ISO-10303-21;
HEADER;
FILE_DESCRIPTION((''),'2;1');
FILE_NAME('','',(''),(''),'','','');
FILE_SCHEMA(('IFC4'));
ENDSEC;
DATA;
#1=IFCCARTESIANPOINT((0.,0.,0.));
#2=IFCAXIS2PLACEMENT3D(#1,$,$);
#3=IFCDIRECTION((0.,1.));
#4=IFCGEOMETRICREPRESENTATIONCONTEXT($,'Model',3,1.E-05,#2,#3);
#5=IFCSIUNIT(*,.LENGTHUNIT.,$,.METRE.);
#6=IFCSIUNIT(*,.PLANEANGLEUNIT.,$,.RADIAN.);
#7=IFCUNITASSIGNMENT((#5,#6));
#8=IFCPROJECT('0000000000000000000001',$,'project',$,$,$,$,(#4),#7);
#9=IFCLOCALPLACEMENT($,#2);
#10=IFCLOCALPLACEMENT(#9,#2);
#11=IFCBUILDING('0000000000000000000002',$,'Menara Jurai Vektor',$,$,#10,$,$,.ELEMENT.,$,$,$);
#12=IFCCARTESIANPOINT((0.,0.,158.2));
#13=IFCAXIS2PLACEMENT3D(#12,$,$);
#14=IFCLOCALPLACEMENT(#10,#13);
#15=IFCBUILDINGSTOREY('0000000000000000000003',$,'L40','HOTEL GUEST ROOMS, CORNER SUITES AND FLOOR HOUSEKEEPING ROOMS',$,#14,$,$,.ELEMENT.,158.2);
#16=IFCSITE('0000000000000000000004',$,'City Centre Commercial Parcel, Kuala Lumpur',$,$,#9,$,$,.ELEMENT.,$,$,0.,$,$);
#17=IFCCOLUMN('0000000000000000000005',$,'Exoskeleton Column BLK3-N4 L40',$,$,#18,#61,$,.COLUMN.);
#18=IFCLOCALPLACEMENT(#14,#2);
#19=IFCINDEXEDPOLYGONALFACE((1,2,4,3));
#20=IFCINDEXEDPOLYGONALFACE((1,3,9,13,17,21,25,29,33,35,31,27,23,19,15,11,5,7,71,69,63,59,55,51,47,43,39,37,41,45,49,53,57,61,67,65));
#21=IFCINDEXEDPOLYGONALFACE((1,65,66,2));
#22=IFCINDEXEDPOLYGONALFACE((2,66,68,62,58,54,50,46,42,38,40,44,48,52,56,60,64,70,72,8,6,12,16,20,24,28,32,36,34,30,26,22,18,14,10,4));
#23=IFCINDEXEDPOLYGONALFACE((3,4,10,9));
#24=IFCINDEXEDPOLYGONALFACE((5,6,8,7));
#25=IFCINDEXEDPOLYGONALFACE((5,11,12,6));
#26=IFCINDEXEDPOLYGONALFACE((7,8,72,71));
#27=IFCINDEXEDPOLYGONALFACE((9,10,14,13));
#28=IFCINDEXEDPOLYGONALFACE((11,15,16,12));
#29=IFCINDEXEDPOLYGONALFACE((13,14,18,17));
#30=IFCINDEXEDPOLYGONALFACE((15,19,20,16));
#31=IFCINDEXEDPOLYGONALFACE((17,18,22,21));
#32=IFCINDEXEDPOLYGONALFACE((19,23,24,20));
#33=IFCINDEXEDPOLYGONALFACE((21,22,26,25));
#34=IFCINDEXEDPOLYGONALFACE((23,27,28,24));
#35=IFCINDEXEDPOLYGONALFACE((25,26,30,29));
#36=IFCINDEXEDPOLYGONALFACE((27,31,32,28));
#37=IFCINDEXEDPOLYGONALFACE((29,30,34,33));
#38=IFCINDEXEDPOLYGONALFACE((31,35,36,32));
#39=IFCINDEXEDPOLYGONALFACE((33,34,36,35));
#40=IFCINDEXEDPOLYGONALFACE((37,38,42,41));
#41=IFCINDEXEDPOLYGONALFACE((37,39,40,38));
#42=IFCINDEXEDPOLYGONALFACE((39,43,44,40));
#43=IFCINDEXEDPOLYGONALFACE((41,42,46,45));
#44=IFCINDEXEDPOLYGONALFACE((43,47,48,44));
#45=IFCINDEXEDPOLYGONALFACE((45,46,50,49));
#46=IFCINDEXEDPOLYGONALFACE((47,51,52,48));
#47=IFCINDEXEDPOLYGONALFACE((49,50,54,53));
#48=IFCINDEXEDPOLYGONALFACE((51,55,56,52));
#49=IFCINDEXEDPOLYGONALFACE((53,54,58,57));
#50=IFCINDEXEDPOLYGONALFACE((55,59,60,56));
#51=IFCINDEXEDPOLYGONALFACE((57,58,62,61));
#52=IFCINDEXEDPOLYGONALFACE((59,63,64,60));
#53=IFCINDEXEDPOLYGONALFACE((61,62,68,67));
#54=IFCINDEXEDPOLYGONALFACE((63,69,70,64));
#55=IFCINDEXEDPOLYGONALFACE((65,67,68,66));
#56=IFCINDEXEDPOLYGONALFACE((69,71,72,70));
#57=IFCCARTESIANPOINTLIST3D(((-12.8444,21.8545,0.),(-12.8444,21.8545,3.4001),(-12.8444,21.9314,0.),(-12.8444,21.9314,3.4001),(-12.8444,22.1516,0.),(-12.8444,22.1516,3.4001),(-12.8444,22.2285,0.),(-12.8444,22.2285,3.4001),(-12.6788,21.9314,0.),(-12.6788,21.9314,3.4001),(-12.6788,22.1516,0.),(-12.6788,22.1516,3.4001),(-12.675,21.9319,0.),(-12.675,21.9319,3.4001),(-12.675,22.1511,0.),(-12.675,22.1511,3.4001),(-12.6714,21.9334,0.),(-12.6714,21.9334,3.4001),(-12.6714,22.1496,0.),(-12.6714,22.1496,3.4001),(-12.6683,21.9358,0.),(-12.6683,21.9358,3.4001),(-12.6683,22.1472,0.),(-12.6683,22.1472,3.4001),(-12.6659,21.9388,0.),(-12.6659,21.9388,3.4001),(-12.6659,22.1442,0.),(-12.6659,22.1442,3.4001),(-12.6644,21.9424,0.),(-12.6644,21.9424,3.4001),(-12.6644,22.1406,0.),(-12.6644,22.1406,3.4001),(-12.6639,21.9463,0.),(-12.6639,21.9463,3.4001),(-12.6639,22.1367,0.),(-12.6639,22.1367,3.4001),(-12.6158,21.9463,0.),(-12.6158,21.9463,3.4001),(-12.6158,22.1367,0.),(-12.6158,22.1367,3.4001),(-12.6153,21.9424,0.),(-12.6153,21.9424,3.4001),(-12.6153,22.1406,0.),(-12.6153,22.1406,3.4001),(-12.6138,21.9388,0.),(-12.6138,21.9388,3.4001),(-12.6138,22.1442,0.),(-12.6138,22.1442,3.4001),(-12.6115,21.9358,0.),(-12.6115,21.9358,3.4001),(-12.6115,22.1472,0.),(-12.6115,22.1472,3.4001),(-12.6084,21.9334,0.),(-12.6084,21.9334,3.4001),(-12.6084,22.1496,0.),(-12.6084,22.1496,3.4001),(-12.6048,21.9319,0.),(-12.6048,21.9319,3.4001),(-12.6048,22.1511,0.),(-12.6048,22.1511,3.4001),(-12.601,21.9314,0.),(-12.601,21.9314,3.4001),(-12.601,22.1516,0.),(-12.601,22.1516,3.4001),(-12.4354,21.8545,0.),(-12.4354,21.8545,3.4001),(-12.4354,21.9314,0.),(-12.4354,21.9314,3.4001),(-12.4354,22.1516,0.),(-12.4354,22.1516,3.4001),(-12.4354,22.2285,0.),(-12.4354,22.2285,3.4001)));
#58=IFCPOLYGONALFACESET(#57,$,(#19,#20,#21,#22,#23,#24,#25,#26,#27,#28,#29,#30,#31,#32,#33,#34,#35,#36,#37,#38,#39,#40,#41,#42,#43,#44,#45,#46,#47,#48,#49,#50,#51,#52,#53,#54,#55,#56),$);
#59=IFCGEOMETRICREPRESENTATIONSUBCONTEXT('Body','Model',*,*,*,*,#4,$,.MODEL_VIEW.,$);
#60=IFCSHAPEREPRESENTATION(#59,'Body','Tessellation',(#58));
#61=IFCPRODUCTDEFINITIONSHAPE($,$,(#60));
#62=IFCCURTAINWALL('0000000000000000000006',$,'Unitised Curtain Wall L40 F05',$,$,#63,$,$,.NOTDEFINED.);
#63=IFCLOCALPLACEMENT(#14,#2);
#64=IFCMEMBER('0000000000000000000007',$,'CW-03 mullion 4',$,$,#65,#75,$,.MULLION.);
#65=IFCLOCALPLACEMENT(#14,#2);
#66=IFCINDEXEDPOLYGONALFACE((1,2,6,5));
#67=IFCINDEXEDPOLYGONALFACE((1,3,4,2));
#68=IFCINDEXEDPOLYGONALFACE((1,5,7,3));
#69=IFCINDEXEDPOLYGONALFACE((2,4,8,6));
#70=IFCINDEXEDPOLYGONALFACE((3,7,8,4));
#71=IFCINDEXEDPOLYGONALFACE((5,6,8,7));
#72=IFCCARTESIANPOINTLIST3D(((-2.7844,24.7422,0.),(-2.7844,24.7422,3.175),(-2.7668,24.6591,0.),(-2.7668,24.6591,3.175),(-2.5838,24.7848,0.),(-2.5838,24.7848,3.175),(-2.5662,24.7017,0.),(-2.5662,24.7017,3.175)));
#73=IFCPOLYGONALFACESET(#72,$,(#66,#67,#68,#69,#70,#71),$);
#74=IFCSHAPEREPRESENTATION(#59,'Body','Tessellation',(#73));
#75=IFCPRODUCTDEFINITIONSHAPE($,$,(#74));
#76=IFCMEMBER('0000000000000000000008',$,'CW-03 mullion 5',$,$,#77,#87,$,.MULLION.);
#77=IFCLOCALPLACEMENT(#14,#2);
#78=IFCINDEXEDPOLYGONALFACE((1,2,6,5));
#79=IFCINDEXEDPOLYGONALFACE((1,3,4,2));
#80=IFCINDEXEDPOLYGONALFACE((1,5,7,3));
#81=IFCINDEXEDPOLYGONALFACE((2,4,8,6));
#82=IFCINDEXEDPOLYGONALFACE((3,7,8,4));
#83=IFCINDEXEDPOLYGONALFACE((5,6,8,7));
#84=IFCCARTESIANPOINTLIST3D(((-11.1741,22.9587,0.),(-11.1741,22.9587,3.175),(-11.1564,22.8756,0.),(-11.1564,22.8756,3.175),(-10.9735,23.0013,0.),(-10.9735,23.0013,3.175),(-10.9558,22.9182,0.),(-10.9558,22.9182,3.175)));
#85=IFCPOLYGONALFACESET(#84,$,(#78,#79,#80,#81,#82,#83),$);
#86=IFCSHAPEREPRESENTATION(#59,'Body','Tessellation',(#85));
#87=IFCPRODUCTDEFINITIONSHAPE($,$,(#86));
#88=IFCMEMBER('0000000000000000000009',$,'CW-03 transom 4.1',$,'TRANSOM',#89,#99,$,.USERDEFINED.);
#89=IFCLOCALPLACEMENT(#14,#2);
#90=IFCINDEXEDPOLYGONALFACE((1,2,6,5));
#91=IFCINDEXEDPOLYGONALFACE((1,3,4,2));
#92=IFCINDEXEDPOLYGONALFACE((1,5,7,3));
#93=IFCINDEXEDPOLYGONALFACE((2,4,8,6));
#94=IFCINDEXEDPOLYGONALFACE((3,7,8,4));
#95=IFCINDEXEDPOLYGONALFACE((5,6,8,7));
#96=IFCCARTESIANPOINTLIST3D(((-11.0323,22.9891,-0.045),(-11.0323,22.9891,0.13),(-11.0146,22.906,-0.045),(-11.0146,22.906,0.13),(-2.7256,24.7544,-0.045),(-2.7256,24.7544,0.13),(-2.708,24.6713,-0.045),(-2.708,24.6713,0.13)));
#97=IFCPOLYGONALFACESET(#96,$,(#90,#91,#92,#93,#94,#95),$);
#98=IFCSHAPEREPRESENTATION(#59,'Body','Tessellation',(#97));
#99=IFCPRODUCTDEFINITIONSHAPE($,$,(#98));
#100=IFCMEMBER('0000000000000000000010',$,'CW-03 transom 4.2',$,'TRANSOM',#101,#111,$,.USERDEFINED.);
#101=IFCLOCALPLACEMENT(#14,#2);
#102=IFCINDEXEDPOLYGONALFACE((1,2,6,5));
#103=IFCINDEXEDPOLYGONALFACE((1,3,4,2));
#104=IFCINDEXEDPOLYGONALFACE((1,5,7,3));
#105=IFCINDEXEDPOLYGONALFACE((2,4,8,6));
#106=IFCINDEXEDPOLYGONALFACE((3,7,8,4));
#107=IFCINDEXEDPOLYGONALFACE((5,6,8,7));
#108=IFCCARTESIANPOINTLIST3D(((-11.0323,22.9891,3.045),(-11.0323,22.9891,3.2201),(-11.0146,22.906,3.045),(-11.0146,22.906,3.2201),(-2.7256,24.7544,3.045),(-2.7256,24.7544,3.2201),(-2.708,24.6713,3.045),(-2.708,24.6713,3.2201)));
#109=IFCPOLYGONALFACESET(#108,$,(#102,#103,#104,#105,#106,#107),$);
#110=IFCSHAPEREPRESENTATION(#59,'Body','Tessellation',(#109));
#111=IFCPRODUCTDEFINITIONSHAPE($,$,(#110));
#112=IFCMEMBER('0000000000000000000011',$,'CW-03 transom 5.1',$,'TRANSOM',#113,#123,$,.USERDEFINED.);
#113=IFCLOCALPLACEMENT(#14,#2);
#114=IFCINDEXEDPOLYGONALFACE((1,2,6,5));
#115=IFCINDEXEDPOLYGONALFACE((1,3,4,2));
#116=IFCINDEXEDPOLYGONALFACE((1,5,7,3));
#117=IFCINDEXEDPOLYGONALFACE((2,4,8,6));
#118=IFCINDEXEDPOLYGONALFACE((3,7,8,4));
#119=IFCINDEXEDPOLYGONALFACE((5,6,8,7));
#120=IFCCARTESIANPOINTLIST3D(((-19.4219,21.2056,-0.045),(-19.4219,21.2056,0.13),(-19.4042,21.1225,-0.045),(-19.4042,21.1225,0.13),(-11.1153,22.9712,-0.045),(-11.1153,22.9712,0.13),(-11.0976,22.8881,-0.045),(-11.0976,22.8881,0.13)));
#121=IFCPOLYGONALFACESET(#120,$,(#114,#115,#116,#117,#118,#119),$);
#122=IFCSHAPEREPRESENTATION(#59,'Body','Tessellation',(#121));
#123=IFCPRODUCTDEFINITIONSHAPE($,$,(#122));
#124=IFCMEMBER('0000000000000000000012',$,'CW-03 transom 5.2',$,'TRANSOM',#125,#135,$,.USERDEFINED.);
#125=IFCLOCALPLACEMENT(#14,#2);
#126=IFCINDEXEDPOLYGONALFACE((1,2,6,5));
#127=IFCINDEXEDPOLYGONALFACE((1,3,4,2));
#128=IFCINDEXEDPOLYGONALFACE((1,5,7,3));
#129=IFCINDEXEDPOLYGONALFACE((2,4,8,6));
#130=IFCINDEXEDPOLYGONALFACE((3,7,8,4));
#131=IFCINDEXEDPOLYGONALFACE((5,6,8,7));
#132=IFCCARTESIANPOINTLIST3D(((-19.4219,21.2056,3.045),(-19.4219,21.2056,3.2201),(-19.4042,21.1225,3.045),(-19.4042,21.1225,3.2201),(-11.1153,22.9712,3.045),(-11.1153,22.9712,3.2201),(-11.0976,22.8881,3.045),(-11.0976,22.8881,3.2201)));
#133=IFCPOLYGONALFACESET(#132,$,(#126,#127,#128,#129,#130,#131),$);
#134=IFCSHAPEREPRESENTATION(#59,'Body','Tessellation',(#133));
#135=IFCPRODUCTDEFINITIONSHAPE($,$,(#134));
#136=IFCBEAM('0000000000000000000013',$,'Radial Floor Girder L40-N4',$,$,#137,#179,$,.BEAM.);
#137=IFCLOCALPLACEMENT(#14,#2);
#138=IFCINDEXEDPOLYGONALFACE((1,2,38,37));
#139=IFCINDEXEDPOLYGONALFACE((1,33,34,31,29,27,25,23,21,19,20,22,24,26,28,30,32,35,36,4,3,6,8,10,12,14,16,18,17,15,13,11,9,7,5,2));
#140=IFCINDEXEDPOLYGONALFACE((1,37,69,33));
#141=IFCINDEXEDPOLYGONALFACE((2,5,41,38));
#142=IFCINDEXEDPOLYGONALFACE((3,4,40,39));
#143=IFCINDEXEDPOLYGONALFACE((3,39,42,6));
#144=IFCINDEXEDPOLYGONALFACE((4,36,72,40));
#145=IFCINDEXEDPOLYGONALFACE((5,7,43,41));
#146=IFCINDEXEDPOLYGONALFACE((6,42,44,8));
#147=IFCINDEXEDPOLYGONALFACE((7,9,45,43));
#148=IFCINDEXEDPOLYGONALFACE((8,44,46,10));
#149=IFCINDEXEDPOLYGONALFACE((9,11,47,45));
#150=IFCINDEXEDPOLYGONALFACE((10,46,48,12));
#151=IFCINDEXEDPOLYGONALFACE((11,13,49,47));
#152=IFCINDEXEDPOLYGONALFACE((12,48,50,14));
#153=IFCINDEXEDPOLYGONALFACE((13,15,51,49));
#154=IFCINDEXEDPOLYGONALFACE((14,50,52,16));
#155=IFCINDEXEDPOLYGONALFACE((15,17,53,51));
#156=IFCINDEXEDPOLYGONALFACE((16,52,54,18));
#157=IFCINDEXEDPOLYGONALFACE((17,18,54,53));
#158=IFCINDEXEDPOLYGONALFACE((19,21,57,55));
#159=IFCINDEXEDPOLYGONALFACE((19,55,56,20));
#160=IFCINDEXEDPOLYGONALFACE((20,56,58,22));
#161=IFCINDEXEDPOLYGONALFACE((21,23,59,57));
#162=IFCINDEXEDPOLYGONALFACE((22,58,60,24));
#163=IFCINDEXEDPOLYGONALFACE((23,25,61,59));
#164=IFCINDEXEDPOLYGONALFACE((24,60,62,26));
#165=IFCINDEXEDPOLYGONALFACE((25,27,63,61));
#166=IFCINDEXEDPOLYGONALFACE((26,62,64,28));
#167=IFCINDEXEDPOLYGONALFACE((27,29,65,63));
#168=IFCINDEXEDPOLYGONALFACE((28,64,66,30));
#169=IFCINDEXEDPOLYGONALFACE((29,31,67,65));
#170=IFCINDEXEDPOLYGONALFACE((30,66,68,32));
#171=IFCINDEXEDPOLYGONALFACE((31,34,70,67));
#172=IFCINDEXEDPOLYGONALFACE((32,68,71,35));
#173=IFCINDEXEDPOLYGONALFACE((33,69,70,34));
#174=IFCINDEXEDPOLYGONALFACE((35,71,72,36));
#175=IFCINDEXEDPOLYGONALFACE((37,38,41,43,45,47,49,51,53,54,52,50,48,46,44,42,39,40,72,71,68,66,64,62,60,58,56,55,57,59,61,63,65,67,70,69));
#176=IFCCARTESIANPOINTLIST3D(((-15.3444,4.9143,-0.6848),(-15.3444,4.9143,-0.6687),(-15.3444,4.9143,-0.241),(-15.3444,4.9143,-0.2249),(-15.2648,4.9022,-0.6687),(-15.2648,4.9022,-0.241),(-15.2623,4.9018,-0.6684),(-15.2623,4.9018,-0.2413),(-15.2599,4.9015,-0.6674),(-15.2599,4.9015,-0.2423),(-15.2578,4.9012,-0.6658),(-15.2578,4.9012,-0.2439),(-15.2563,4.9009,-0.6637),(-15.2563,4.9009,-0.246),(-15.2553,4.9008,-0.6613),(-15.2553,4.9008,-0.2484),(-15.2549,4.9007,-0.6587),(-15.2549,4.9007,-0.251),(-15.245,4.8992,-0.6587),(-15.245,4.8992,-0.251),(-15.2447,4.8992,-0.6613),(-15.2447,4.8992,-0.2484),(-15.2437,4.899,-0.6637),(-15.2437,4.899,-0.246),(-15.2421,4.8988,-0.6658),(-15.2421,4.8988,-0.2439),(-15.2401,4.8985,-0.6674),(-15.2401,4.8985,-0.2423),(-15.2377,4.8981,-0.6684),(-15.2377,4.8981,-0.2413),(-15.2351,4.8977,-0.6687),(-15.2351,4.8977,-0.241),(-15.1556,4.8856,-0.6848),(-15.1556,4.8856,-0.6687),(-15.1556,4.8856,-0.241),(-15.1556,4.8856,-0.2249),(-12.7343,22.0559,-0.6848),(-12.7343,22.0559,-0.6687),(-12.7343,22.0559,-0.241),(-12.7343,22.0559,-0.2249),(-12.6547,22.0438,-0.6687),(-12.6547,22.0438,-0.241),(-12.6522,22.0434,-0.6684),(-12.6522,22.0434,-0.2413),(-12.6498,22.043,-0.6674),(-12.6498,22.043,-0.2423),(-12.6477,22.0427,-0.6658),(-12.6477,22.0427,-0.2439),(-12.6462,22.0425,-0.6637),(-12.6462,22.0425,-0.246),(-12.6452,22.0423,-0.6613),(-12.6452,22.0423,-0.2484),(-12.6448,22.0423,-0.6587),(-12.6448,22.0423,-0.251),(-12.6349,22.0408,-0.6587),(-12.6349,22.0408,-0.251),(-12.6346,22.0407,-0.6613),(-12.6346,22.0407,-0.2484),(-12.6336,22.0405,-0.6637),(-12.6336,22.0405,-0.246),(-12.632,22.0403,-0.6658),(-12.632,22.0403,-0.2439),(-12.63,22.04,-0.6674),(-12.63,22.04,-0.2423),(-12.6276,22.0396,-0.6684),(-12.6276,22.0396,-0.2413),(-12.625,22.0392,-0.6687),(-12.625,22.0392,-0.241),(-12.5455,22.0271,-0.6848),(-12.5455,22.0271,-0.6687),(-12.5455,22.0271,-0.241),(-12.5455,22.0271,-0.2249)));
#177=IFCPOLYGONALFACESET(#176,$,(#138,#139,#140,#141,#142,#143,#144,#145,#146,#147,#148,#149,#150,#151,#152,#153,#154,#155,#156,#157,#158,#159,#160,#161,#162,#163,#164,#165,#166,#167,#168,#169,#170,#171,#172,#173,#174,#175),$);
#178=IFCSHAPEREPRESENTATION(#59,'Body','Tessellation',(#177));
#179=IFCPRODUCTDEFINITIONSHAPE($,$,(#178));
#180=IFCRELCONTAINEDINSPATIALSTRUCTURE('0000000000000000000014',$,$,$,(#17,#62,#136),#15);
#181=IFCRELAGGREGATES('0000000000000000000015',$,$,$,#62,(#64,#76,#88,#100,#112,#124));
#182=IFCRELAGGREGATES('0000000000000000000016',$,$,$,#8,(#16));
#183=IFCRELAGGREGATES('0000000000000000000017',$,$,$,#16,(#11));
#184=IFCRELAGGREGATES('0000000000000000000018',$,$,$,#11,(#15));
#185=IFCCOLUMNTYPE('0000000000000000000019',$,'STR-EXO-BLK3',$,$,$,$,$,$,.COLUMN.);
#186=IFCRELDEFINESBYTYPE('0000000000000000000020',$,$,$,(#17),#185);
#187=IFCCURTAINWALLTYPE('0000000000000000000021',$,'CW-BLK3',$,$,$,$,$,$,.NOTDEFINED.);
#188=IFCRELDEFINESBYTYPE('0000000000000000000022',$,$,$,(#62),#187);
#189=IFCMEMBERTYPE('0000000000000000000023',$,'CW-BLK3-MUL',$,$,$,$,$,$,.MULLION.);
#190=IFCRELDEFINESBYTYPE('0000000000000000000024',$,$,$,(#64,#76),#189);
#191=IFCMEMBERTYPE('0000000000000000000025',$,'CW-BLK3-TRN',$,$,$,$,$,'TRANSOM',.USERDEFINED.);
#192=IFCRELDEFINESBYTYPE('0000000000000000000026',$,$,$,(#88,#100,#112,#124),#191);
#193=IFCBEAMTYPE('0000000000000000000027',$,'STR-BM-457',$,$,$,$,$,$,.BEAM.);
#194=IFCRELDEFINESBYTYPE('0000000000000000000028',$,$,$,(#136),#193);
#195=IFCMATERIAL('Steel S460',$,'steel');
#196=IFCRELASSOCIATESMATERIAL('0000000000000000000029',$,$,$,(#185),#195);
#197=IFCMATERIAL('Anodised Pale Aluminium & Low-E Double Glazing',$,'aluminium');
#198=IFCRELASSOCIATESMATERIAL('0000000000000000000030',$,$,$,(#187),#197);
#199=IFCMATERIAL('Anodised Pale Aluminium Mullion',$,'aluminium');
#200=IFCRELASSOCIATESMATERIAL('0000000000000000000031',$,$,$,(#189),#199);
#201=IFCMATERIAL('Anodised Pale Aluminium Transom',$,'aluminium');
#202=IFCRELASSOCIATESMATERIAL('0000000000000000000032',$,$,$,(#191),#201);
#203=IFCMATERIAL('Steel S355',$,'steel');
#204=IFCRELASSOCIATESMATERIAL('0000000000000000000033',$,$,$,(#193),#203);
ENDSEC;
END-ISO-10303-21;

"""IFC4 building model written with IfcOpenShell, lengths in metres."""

from ifc_helpers import new_model, si_unit, direction, frame, origin, origin_2d, place, context, subcontext, project, spatial, rectangle, i_section, extrude, material, material_profile, profile_set, type_object, element, aggregate, save


model = new_model("IFC4")

# Units and contexts
model_context = context("Model", 3, precision=1e-05, world=origin(), true_north=direction((0.0, 1.0)))
body_context = subcontext(model_context, "Body", "Model", "MODEL_VIEW")
ifc_project = project(units=[si_unit("LENGTHUNIT", "METRE"), si_unit("PLANEANGLEUNIT", "RADIAN")], contexts=[model_context])

# Site, building, storey
site_placement = place(None, origin())
site = spatial("IfcSite", under=ifc_project, at=site_placement, Name="City Centre Commercial Parcel, Kuala Lumpur", CompositionType="ELEMENT", RefElevation=0.0)
building_placement = place(site_placement, origin())
building = spatial("IfcBuilding", under=site, at=building_placement, Name="Menara Jurai Vektor", CompositionType="ELEMENT")
storey_placement = place(building_placement, frame((0.0, 0.0, 158.2)))
storey = spatial("IfcBuildingStorey", under=building, at=storey_placement, Name="L40", Description="HOTEL GUEST ROOMS, CORNER SUITES AND FLOOR HOUSEKEEPING ROOMS", CompositionType="ELEMENT", Elevation=158.2)

# Column
ifc_material_1 = material(Name="Steel S460", Category="steel")
ifc_material_profile_1 = material_profile(ifc_material_1, i_section(OverallWidth=0.4089, OverallDepth=0.374, WebThickness=0.0481, FlangeThickness=0.0769, FilletRadius=0.0149, at=origin_2d()), Name="HD 400x634")
ifc_profile_set_1 = profile_set([ifc_material_profile_1], Name="Steel S460")
column_type = type_object("IfcColumnType", Name="STR-EXO-BLK3", PredefinedType="COLUMN", material=ifc_profile_set_1)
column_placement = place(storey_placement, frame((-12.6399, 22.0415, 0.0), z_axis=(0.0, 0.0, 1.0), x_axis=(1.0, 0.0, 0.0)))
element("IfcColumn", 1, at=column_placement, inside=storey, type_object=column_type, Name="Exoskeleton Column BLK3-N4 L40", PredefinedType="COLUMN", context=body_context, shape_type="SweptSolid", body=[
    extrude(i_section(OverallWidth=0.4089, OverallDepth=0.374, WebThickness=0.0481, FlangeThickness=0.0769, FilletRadius=0.0149, at=origin_2d()), origin(), (0.0, 0.0, 1.0), 3.4001),
])

# Curtain wall, members
ifc_material_2 = material(Name="Anodised Pale Aluminium & Low-E Double Glazing", Category="aluminium")
curtain_wall_type = type_object("IfcCurtainWallType", Name="CW-BLK3", PredefinedType="NOTDEFINED", material=ifc_material_2)
curtain_wall_placement = place(storey_placement, origin())
curtain_wall = element("IfcCurtainWall", 2, at=curtain_wall_placement, inside=storey, type_object=curtain_wall_type, Name="Unitised Curtain Wall L40 F05", PredefinedType="NOTDEFINED")
ifc_material_3 = material(Name="Anodised Pale Aluminium Mullion", Category="aluminium")
ifc_material_profile_2 = material_profile(ifc_material_3, rectangle(XDim=0.085, YDim=0.2051, at=origin_2d()), Name="ALU MUL 85x205")
ifc_profile_set_2 = profile_set([ifc_material_profile_2], Name="Anodised Pale Aluminium Mullion")
member_type_1 = type_object("IfcMemberType", Name="CW-BLK3-MUL", PredefinedType="MULLION", material=ifc_profile_set_2)
member_1_placement = place(storey_placement, frame((-2.6753, 24.7219, 0.0), z_axis=(0.0, 0.0, 1.0), x_axis=(0.207911, -0.978148, 0.0)))
member_1 = element("IfcMember", 3, at=member_1_placement, type_object=member_type_1, Name="CW-03 mullion 4", PredefinedType="MULLION", context=body_context, shape_type="SweptSolid", body=[
    extrude(rectangle(XDim=0.085, YDim=0.2051, at=origin_2d()), origin(), (0.0, 0.0, 1.0), 3.175),
])
member_2_placement = place(storey_placement, frame((-11.0649, 22.9385, 0.0), z_axis=(0.0, 0.0, 1.0), x_axis=(0.207911, -0.978148, 0.0)))
member_2 = element("IfcMember", 4, at=member_2_placement, type_object=member_type_1, Name="CW-03 mullion 5", PredefinedType="MULLION", context=body_context, shape_type="SweptSolid", body=[
    extrude(rectangle(XDim=0.085, YDim=0.2051, at=origin_2d()), origin(), (0.0, 0.0, 1.0), 3.175),
])
ifc_material_4 = material(Name="Anodised Pale Aluminium Transom", Category="aluminium")
ifc_material_profile_3 = material_profile(ifc_material_4, rectangle(XDim=0.085, YDim=0.175, at=origin_2d()), Name="ALU TRN 85x175")
ifc_profile_set_3 = profile_set([ifc_material_profile_3], Name="Anodised Pale Aluminium Transom")
member_type_2 = type_object("IfcMemberType", Name="CW-BLK3-TRN", ElementType="TRANSOM", PredefinedType="USERDEFINED", material=ifc_profile_set_3)
member_3_placement = place(storey_placement, frame((-2.7168, 24.7129, 0.0425), z_axis=(-0.978154, -0.207884, 0.0), x_axis=(0.207884, -0.978154, 0.0)))
member_3 = element("IfcMember", 5, at=member_3_placement, type_object=member_type_2, Name="CW-03 transom 4.1", ObjectType="TRANSOM", PredefinedType="USERDEFINED", context=body_context, shape_type="SweptSolid", body=[
    extrude(rectangle(XDim=0.085, YDim=0.175, at=origin_2d()), origin(), (0.0, 0.0, 1.0), 8.4922),
])
member_4_placement = place(storey_placement, frame((-2.7168, 24.7129, 3.1326), z_axis=(-0.978154, -0.207884, 0.0), x_axis=(0.207884, -0.978154, 0.0)))
member_4 = element("IfcMember", 6, at=member_4_placement, type_object=member_type_2, Name="CW-03 transom 4.2", ObjectType="TRANSOM", PredefinedType="USERDEFINED", context=body_context, shape_type="SweptSolid", body=[
    extrude(rectangle(XDim=0.085, YDim=0.175, at=origin_2d()), origin(), (0.0, 0.0, 1.0), 8.4922),
])
member_5_placement = place(storey_placement, frame((-11.1064, 22.9297, 0.0425), z_axis=(-0.978148, -0.207911, 0.0), x_axis=(0.207911, -0.978148, 0.0)))
member_5 = element("IfcMember", 7, at=member_5_placement, type_object=member_type_2, Name="CW-03 transom 5.1", ObjectType="TRANSOM", PredefinedType="USERDEFINED", context=body_context, shape_type="SweptSolid", body=[
    extrude(rectangle(XDim=0.085, YDim=0.175, at=origin_2d()), origin(), (0.0, 0.0, 1.0), 8.4922),
])
member_6_placement = place(storey_placement, frame((-11.1064, 22.9297, 3.1326), z_axis=(-0.978148, -0.207911, 0.0), x_axis=(0.207911, -0.978148, 0.0)))
member_6 = element("IfcMember", 8, at=member_6_placement, type_object=member_type_2, Name="CW-03 transom 5.2", ObjectType="TRANSOM", PredefinedType="USERDEFINED", context=body_context, shape_type="SweptSolid", body=[
    extrude(rectangle(XDim=0.085, YDim=0.175, at=origin_2d()), origin(), (0.0, 0.0, 1.0), 8.4922),
])

# Beam
ifc_material_5 = material(Name="Steel S355", Category="steel")
ifc_material_profile_4 = material_profile(ifc_material_5, i_section(OverallWidth=0.1909, OverallDepth=0.46, WebThickness=0.01, FlangeThickness=0.0161, FilletRadius=0.01, at=origin_2d()), Name="UKB 457x191x82")
ifc_profile_set_4 = profile_set([ifc_material_profile_4], Name="Steel S355")
beam_type_1 = type_object("IfcBeamType", Name="STR-BM-457", PredefinedType="BEAM", material=ifc_profile_set_4)
beam_1_placement = place(storey_placement, frame((-12.6399, 22.0415, -0.4548), z_axis=(-0.150532, -0.988605, 0.0), x_axis=(0.988605, -0.150532, 0.0)))
element("IfcBeam", 9, at=beam_1_placement, inside=storey, type_object=beam_type_1, Name="Radial Floor Girder L40-N4", PredefinedType="BEAM", context=body_context, shape_type="SweptSolid", body=[
    extrude(i_section(OverallWidth=0.1909, OverallDepth=0.46, WebThickness=0.01, FlangeThickness=0.0161, FilletRadius=0.01, at=origin_2d()), origin(), (0.0, 0.0, 1.0), 17.3391),
])

aggregate(curtain_wall, [member_1, member_2, member_3, member_4, member_5, member_6])

save(model, "model.ifc")
